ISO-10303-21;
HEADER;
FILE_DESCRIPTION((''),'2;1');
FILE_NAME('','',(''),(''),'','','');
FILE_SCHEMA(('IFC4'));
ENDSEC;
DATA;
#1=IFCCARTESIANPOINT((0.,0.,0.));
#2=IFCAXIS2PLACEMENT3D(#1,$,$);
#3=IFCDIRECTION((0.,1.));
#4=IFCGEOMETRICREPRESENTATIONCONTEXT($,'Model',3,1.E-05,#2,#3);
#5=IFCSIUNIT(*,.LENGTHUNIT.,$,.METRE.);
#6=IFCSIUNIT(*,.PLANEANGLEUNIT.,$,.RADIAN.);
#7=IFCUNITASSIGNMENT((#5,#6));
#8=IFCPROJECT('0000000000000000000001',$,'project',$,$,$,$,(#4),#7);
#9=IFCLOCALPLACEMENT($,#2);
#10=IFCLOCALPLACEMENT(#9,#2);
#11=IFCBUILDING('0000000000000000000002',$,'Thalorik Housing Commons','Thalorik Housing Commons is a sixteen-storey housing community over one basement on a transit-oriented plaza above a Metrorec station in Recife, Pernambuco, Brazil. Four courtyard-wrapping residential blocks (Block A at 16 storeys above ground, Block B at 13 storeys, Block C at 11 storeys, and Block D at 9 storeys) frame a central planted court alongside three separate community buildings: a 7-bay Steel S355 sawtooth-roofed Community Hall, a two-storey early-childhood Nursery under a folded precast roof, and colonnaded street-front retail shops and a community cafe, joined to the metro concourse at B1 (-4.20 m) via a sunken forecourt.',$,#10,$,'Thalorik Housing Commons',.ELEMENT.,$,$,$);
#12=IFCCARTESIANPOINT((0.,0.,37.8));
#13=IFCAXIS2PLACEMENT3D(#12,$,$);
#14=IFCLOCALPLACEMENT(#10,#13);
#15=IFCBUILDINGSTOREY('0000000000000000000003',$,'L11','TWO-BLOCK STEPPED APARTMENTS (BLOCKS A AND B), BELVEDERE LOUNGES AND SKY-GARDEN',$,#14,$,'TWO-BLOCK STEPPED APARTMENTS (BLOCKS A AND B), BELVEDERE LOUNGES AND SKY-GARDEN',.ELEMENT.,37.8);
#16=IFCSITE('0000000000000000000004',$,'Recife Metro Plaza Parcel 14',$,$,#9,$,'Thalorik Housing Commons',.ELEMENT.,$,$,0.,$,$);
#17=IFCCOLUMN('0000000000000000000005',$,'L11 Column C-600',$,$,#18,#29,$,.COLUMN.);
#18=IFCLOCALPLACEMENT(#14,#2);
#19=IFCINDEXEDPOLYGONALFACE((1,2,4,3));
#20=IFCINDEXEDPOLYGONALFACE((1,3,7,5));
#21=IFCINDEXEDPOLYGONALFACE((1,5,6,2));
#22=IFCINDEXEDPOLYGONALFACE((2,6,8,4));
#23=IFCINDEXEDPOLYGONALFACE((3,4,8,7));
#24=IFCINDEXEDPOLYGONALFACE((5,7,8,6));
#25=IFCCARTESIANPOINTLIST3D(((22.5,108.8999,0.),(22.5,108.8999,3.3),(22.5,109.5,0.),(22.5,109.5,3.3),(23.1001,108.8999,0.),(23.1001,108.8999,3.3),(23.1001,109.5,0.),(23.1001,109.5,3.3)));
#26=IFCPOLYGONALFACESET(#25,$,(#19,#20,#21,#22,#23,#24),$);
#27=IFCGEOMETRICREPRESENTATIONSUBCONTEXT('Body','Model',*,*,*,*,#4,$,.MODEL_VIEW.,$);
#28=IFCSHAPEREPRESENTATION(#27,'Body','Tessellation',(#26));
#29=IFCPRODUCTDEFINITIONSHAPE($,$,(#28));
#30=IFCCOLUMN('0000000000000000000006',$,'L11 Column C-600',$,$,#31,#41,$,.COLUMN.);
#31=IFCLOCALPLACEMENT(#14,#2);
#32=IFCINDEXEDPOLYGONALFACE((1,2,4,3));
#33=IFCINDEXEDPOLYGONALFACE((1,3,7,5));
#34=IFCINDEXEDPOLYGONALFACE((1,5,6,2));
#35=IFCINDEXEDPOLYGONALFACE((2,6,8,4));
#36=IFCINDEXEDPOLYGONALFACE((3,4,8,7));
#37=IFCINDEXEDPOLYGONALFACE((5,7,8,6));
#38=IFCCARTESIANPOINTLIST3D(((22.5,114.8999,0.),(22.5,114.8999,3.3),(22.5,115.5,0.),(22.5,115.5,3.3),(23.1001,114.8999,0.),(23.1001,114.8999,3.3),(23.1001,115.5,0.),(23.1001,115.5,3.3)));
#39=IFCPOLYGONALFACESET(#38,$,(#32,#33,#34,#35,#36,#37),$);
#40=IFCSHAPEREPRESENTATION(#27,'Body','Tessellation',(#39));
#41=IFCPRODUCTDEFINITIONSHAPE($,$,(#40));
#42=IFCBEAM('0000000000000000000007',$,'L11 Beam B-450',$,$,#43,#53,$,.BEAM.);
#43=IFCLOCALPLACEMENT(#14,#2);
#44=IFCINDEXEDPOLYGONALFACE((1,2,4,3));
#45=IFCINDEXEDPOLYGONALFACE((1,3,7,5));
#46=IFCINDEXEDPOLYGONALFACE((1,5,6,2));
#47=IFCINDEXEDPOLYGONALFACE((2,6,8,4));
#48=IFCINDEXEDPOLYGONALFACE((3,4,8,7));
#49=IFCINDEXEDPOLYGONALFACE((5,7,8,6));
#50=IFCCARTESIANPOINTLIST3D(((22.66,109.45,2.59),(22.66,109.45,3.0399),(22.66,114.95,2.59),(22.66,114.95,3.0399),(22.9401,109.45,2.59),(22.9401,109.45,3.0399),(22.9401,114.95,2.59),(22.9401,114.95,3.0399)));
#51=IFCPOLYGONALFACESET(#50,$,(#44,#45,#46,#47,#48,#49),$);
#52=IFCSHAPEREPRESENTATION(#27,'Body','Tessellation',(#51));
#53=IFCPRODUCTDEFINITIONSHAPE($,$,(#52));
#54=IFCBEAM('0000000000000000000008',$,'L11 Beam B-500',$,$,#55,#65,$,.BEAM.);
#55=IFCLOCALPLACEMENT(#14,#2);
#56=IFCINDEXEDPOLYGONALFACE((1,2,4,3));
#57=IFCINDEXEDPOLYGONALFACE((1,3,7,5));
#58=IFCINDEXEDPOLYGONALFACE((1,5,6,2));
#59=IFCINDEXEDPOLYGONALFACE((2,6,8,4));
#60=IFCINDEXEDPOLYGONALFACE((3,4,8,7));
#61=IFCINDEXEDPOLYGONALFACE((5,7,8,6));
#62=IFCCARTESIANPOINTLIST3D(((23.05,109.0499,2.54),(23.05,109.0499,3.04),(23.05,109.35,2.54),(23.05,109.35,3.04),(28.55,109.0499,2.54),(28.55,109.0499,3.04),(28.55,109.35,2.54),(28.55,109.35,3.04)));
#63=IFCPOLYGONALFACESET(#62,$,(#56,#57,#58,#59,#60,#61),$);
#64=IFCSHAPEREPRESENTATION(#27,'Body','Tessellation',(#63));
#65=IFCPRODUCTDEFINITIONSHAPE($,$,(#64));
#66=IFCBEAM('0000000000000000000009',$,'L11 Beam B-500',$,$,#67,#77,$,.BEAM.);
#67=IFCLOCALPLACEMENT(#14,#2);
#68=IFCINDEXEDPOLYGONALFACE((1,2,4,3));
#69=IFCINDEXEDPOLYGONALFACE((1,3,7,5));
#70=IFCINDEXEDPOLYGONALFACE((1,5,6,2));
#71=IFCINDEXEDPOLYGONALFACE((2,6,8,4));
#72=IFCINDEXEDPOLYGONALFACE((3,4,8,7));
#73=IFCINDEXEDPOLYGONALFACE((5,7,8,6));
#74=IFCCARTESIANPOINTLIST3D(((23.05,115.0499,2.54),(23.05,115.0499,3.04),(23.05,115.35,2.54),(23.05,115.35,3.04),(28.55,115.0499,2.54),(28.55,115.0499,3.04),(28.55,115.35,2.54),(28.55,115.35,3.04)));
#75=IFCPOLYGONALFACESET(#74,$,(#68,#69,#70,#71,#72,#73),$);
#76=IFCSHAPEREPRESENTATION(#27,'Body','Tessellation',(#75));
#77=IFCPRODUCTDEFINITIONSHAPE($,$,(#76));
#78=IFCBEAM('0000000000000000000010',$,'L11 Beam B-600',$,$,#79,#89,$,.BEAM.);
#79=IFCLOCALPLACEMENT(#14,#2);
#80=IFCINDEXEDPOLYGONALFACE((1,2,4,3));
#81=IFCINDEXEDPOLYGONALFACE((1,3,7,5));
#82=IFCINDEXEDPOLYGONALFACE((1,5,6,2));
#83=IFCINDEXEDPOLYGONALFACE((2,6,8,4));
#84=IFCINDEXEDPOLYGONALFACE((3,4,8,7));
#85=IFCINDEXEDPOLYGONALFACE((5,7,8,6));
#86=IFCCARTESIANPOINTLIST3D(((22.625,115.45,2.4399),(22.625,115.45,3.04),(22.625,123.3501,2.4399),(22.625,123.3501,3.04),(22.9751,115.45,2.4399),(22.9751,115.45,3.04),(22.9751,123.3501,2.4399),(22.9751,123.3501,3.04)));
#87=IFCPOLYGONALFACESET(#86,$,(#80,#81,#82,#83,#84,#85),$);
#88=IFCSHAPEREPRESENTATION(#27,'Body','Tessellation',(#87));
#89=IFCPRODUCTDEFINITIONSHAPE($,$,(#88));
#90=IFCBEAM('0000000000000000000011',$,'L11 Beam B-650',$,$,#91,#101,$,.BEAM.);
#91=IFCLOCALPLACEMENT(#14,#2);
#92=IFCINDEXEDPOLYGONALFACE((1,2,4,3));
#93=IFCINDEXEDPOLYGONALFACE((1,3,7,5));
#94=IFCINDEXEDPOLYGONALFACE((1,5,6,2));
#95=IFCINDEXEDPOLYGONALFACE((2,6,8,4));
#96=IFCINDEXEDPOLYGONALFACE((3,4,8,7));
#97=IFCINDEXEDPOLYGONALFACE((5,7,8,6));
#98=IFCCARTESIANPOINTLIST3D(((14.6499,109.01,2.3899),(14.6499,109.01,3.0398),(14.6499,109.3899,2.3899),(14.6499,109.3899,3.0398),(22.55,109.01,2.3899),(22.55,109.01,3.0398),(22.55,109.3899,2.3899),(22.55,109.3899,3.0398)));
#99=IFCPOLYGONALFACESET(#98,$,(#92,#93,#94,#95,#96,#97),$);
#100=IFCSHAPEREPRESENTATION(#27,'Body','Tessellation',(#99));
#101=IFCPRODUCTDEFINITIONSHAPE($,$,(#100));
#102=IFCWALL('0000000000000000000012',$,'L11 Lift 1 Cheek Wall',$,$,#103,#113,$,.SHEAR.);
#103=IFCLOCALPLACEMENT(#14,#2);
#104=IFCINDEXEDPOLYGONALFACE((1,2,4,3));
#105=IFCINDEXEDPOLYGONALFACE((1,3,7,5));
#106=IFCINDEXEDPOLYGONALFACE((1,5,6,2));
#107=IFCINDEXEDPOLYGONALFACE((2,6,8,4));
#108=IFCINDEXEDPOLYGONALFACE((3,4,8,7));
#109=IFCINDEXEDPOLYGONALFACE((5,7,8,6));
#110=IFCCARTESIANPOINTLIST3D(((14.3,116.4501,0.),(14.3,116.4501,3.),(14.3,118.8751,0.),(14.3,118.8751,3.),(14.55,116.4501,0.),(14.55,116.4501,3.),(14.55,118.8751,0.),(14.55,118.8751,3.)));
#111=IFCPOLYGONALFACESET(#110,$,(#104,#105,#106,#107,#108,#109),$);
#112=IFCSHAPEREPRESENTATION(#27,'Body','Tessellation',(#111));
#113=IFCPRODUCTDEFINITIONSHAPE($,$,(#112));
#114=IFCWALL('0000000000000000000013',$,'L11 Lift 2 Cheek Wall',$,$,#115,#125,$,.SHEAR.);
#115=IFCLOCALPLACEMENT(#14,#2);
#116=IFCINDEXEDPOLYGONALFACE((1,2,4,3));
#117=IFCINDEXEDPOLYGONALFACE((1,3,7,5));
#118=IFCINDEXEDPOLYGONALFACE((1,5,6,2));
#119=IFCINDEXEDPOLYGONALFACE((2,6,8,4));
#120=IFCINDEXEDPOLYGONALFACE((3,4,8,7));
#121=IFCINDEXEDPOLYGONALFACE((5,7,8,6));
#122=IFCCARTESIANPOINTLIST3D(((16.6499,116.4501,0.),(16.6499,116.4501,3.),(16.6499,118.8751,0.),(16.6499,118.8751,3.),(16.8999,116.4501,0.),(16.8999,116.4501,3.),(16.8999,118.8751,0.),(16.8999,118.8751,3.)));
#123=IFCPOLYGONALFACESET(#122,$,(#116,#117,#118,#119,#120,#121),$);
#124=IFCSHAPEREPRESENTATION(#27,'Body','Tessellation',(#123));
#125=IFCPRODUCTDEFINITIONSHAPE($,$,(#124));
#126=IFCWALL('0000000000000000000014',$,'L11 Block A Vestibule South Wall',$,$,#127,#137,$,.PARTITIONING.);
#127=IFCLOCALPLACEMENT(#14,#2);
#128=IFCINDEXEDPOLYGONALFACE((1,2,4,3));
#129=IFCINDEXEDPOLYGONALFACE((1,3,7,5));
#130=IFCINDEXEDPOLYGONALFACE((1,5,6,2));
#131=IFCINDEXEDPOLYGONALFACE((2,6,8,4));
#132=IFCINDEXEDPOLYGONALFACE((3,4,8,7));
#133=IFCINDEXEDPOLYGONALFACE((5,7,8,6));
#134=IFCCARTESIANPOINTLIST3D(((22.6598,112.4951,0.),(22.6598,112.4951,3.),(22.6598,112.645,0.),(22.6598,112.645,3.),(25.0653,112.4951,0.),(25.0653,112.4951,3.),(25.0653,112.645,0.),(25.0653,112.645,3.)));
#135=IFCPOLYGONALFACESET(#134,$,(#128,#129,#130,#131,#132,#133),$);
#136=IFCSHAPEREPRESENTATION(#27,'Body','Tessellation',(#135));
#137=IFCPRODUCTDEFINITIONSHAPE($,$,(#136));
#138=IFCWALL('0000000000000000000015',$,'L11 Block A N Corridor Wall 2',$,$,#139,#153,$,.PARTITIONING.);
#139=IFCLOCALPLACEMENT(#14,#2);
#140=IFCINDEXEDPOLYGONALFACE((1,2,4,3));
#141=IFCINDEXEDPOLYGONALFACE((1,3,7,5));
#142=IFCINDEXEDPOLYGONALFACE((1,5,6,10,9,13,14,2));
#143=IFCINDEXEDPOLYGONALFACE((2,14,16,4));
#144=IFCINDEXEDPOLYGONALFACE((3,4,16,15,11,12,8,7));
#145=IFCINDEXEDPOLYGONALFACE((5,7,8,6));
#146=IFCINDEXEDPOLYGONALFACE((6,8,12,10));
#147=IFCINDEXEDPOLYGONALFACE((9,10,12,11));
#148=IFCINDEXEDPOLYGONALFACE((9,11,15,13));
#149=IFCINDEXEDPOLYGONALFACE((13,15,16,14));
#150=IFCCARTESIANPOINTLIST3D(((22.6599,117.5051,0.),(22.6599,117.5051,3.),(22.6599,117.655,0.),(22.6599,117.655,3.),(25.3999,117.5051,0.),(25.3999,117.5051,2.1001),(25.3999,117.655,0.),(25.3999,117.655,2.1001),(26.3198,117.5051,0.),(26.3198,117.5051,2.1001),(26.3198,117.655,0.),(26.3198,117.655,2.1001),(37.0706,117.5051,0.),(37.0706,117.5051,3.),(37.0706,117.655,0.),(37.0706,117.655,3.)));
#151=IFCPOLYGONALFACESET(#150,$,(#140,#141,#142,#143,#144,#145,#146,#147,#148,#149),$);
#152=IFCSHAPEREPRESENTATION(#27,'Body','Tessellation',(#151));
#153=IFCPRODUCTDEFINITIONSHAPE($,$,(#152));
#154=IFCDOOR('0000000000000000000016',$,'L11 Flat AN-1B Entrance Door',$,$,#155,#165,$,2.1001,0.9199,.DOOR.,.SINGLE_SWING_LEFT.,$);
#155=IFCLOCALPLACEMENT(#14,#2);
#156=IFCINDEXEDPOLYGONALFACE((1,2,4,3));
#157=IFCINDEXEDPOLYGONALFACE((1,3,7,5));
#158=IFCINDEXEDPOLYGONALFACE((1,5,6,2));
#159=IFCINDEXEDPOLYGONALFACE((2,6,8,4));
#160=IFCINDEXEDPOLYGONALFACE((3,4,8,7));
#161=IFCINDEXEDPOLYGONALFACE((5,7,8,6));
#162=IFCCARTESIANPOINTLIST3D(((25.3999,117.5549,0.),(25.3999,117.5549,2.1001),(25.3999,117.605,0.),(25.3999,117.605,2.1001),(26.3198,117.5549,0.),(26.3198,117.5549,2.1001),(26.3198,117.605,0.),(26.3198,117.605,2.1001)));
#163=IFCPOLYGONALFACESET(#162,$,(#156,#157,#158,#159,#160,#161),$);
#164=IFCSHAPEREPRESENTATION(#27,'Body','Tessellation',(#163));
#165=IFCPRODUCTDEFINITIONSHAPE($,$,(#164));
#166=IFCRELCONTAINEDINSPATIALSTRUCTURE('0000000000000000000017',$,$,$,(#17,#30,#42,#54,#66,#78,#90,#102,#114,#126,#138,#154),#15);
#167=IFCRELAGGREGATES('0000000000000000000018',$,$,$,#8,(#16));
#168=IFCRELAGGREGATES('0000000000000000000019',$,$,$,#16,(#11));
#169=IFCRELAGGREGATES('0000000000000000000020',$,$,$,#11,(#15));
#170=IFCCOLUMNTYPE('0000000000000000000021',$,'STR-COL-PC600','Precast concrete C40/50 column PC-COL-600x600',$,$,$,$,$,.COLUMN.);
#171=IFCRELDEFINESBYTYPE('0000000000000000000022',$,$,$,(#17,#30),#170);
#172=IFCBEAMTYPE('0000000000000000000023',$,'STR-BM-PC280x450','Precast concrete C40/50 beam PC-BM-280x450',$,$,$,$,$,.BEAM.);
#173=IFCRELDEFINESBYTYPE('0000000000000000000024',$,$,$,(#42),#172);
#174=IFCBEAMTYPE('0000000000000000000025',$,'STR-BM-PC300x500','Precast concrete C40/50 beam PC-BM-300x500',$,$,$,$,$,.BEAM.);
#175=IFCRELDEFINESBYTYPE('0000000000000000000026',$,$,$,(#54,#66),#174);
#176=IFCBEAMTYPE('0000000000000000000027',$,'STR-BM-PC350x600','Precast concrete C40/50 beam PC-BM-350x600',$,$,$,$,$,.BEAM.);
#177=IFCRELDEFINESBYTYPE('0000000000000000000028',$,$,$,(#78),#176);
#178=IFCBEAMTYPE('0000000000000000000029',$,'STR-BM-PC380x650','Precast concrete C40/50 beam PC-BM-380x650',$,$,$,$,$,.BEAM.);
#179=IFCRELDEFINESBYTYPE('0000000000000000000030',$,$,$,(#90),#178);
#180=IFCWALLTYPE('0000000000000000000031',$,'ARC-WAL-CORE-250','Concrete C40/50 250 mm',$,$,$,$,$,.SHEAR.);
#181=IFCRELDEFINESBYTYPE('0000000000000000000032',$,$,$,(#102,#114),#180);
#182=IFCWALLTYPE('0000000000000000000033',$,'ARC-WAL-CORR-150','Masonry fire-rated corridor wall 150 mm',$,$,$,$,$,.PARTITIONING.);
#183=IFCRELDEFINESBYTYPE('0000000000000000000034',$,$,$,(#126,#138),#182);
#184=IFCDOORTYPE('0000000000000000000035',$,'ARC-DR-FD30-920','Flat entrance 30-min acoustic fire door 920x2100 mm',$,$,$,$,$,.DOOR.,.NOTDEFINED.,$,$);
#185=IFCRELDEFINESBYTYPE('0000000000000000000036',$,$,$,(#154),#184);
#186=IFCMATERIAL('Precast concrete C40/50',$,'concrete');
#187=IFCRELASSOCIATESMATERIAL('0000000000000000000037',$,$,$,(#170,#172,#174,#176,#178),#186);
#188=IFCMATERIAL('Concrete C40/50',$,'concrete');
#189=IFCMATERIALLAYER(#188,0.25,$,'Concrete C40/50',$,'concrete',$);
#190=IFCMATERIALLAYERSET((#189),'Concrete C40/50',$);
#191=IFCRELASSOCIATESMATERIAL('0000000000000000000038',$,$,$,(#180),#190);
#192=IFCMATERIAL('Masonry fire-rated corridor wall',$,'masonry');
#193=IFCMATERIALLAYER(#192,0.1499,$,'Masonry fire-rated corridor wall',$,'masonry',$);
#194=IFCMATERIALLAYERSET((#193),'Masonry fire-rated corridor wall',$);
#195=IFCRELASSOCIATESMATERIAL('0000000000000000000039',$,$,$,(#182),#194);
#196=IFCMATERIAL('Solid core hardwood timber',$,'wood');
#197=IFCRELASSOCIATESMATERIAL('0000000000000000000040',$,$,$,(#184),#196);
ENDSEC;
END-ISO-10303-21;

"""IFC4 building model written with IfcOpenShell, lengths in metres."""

from ifc_helpers import new_model, si_unit, direction, frame, frame_2d, origin, origin_2d, place, context, subcontext, project, spatial, rectangle, extrude, material, layer, layer_set, material_profile, profile_set, type_object, element, fill, save


model = new_model("IFC4")

# Units and contexts
model_context = context("Model", 3, precision=1e-05, world=origin(), true_north=direction((0.0, 1.0)))
body_context = subcontext(model_context, "Body", "Model", "MODEL_VIEW")
ifc_project = project(units=[si_unit("LENGTHUNIT", "METRE"), si_unit("PLANEANGLEUNIT", "RADIAN")], contexts=[model_context])

# Site, building, storey
site_placement = place(None, origin())
site = spatial("IfcSite", under=ifc_project, at=site_placement, Name="Recife Metro Plaza Parcel 14", LongName="Thalorik Housing Commons", CompositionType="ELEMENT", RefElevation=0.0)
building_placement = place(site_placement, origin())
building = spatial("IfcBuilding", under=site, at=building_placement, Name="Thalorik Housing Commons", Description="Thalorik Housing Commons is a sixteen-storey housing community over one basement on a transit-oriented plaza above a Metrorec station in Recife, Pernambuco, Brazil. Four courtyard-wrapping residential blocks (Block A at 16 storeys above ground, Block B at 13 storeys, Block C at 11 storeys, and Block D at 9 storeys) frame a central planted court alongside three separate community buildings: a 7-bay Steel S355 sawtooth-roofed Community Hall, a two-storey early-childhood Nursery under a folded precast roof, and colonnaded street-front retail shops and a community cafe, joined to the metro concourse at B1 (-4.20 m) via a sunken forecourt.", LongName="Thalorik Housing Commons", CompositionType="ELEMENT")
storey_placement = place(building_placement, frame((0.0, 0.0, 37.8)))
storey = spatial("IfcBuildingStorey", under=building, at=storey_placement, Name="L11", Description="TWO-BLOCK STEPPED APARTMENTS (BLOCKS A AND B), BELVEDERE LOUNGES AND SKY-GARDEN", LongName="TWO-BLOCK STEPPED APARTMENTS (BLOCKS A AND B), BELVEDERE LOUNGES AND SKY-GARDEN", CompositionType="ELEMENT", Elevation=37.8)

# Columns
ifc_material_1 = material(Name="Precast concrete C40/50", Category="concrete")
ifc_material_profile_1 = material_profile(ifc_material_1, rectangle(XDim=0.6001, YDim=0.6001, at=origin_2d()), Name="PC 600x600", Category="concrete")
ifc_profile_set_1 = profile_set([ifc_material_profile_1], Name="Precast concrete C40/50")
column_type = type_object("IfcColumnType", Name="STR-COL-PC600", Description="Precast concrete C40/50 column PC-COL-600x600", PredefinedType="COLUMN", material=ifc_profile_set_1)
for number, where, z_axis, x_axis, name in (
    (1, (22.8, 109.2, 0.0), (0.0, 0.0, 1.0), (1.0, 0.0, 0.0), "L11 Column C-600"),
    (2, (22.8, 115.2, 0.0), (0.0, 0.0, 1.0), (1.0, 0.0, 0.0), "L11 Column C-600"),
):
    element("IfcColumn", number, at=place(storey_placement, frame(where, z_axis=z_axis, x_axis=x_axis)), inside=storey, type_object=column_type, Name=name, PredefinedType="COLUMN", context=body_context, shape_type="SweptSolid", body=[
        extrude(rectangle(XDim=0.6001, YDim=0.6001, at=origin_2d()), origin(), (0.0, 0.0, 1.0), 3.3),
    ])

# Beams
ifc_material_profile_2 = material_profile(ifc_material_1, rectangle(XDim=0.28, YDim=0.45, at=origin_2d()), Name="PC 280x450", Category="concrete")
ifc_profile_set_2 = profile_set([ifc_material_profile_2], Name="Precast concrete C40/50")
beam_type_1 = type_object("IfcBeamType", Name="STR-BM-PC280x450", Description="Precast concrete C40/50 beam PC-BM-280x450", PredefinedType="BEAM", material=ifc_profile_set_2)
beam_1_placement = place(storey_placement, frame((22.8, 109.45, 2.8149), z_axis=(0.0, 1.0, 0.0), x_axis=(-1.0, 0.0, 0.0)))
element("IfcBeam", 3, at=beam_1_placement, inside=storey, type_object=beam_type_1, Name="L11 Beam B-450", PredefinedType="BEAM", context=body_context, shape_type="SweptSolid", body=[
    extrude(rectangle(XDim=0.28, YDim=0.45, at=origin_2d()), origin(), (0.0, 0.0, 1.0), 5.5),
])
ifc_material_profile_3 = material_profile(ifc_material_1, rectangle(XDim=0.3, YDim=0.5, at=origin_2d()), Name="PC 300x500", Category="concrete")
ifc_profile_set_3 = profile_set([ifc_material_profile_3], Name="Precast concrete C40/50")
beam_type_2 = type_object("IfcBeamType", Name="STR-BM-PC300x500", Description="Precast concrete C40/50 beam PC-BM-300x500", PredefinedType="BEAM", material=ifc_profile_set_3)
for number, where, z_axis, x_axis, name in (
    (4, (23.05, 109.2, 2.79), (1.0, 0.0, 0.0), (0.0, 1.0, 0.0), "L11 Beam B-500"),
    (5, (23.05, 115.2, 2.79), (1.0, 0.0, 0.0), (0.0, 1.0, 0.0), "L11 Beam B-500"),
):
    element("IfcBeam", number, at=place(storey_placement, frame(where, z_axis=z_axis, x_axis=x_axis)), inside=storey, type_object=beam_type_2, Name=name, PredefinedType="BEAM", context=body_context, shape_type="SweptSolid", body=[
        extrude(rectangle(XDim=0.3, YDim=0.5, at=origin_2d()), origin(), (0.0, 0.0, 1.0), 5.5),
    ])
ifc_material_profile_4 = material_profile(ifc_material_1, rectangle(XDim=0.3501, YDim=0.6001, at=origin_2d()), Name="PC 350x600", Category="concrete")
ifc_profile_set_4 = profile_set([ifc_material_profile_4], Name="Precast concrete C40/50")
beam_type_3 = type_object("IfcBeamType", Name="STR-BM-PC350x600", Description="Precast concrete C40/50 beam PC-BM-350x600", PredefinedType="BEAM", material=ifc_profile_set_4)
beam_2_placement = place(storey_placement, frame((22.8, 115.45, 2.74), z_axis=(0.0, 1.0, 0.0), x_axis=(-1.0, 0.0, 0.0)))
element("IfcBeam", 6, at=beam_2_placement, inside=storey, type_object=beam_type_3, Name="L11 Beam B-600", PredefinedType="BEAM", context=body_context, shape_type="SweptSolid", body=[
    extrude(rectangle(XDim=0.3501, YDim=0.6001, at=origin_2d()), origin(), (0.0, 0.0, 1.0), 7.9001),
])
ifc_material_profile_5 = material_profile(ifc_material_1, rectangle(XDim=0.3799, YDim=0.6499, at=origin_2d()), Name="PC 380x650", Category="concrete")
ifc_profile_set_5 = profile_set([ifc_material_profile_5], Name="Precast concrete C40/50")
beam_type_4 = type_object("IfcBeamType", Name="STR-BM-PC380x650", Description="Precast concrete C40/50 beam PC-BM-380x650", PredefinedType="BEAM", material=ifc_profile_set_5)
beam_3_placement = place(storey_placement, frame((14.6499, 109.2, 2.7148), z_axis=(1.0, 0.0, 0.0), x_axis=(0.0, 1.0, 0.0)))
element("IfcBeam", 7, at=beam_3_placement, inside=storey, type_object=beam_type_4, Name="L11 Beam B-650", PredefinedType="BEAM", context=body_context, shape_type="SweptSolid", body=[
    extrude(rectangle(XDim=0.3799, YDim=0.6499, at=origin_2d()), origin(), (0.0, 0.0, 1.0), 7.9001),
])

# Shared definitions
ifc_material_2 = material(Name="Concrete C40/50", Category="concrete")
ifc_layer_1 = layer(ifc_material_2, 0.25, Name="Concrete C40/50", Category="concrete")
ifc_layer_set_1 = layer_set([ifc_layer_1], Name="Concrete C40/50")
wall_type_1 = type_object("IfcWallType", Name="ARC-WAL-CORE-250", Description="Concrete C40/50 250 mm", PredefinedType="SHEAR", material=ifc_layer_set_1)

# Walls
for number, where, z_axis, x_axis, name in (
    (8, (14.425, 118.875, 0.0), (0.0, 0.0, 1.0), (0.0, -1.0, 0.0), "L11 Lift 1 Cheek Wall"),
    (9, (16.7749, 118.875, 0.0), (0.0, 0.0, 1.0), (0.0, -1.0, 0.0), "L11 Lift 2 Cheek Wall"),
):
    element("IfcWall", number, at=place(storey_placement, frame(where, z_axis=z_axis, x_axis=x_axis)), inside=storey, type_object=wall_type_1, Name=name, PredefinedType="SHEAR", context=body_context, shape_type="SweptSolid", body=[
        extrude(rectangle(XDim=2.425, YDim=0.25, at=frame_2d((1.2124, 0.0))), origin(), (0.0, 0.0, 1.0), 3.0),
    ])
ifc_material_3 = material(Name="Masonry fire-rated corridor wall", Category="masonry")
ifc_layer_2 = layer(ifc_material_3, 0.1499, Name="Masonry fire-rated corridor wall", Category="masonry")
ifc_layer_set_2 = layer_set([ifc_layer_2], Name="Masonry fire-rated corridor wall")
wall_type_2 = type_object("IfcWallType", Name="ARC-WAL-CORR-150", Description="Masonry fire-rated corridor wall 150 mm", PredefinedType="PARTITIONING", material=ifc_layer_set_2)
wall_1_placement = place(storey_placement, frame((22.6599, 112.5701, 0.0), z_axis=(0.0, 0.0, 1.0), x_axis=(1.0, 0.0, 0.0)))
element("IfcWall", 10, at=wall_1_placement, inside=storey, type_object=wall_type_2, Name="L11 Block A Vestibule South Wall", PredefinedType="PARTITIONING", context=body_context, shape_type="SweptSolid", body=[
    extrude(rectangle(XDim=2.4055, YDim=0.1499, at=frame_2d((1.2026, 0.0))), origin(), (0.0, 0.0, 1.0), 3.0),
])

# Wall, opening, door
wall_2_placement = place(storey_placement, frame((22.6599, 117.5801, 0.0), z_axis=(0.0, 0.0, 1.0), x_axis=(1.0, 0.0, 0.0)))
wall_2 = element("IfcWall", 11, at=wall_2_placement, inside=storey, type_object=wall_type_2, Name="L11 Block A N Corridor Wall 2", PredefinedType="PARTITIONING", context=body_context, shape_type="SweptSolid", body=[
    extrude(rectangle(XDim=14.4106, YDim=0.1499, at=frame_2d((7.2053, 0.0))), origin(), (0.0, 0.0, 1.0), 3.0),
])
opening_1_placement = place(wall_2_placement, frame((2.74, 0.0, 0.0)))
opening_1 = element("IfcOpeningElement", 12, at=opening_1_placement, cuts=wall_2, PredefinedType="OPENING", context=body_context, shape_type="SweptSolid", body=[
    extrude(rectangle(XDim=0.9199, YDim=2.1001, at=frame_2d((0.46, 1.05))), frame((0.0, 0.085, 0.0), z_axis=(0.0, -1.0, 0.0), x_axis=(1.0, 0.0, 0.0)), (0.0, 0.0, 1.0), 0.1699),
])
ifc_material_4 = material(Name="Solid core hardwood timber", Category="wood")
door_type_1 = type_object("IfcDoorType", Name="ARC-DR-FD30-920", Description="Flat entrance 30-min acoustic fire door 920x2100 mm", OperationType="NOTDEFINED", PredefinedType="DOOR", material=ifc_material_4)
door_1_placement = place(opening_1_placement, origin())
door_1 = element("IfcDoor", 13, at=door_1_placement, inside=storey, type_object=door_type_1, Name="L11 Flat AN-1B Entrance Door", OperationType="SINGLE_SWING_LEFT", OverallHeight=2.1001, OverallWidth=0.9199, PredefinedType="DOOR", context=body_context, shape_type="SweptSolid", body=[
    extrude(rectangle(XDim=0.9199, YDim=2.1001, at=frame_2d((0.46, 1.05))), frame((0.0, 0.0249, 0.0), z_axis=(0.0, -1.0, 0.0), x_axis=(1.0, 0.0, 0.0)), (0.0, 0.0, 1.0), 0.05),
])
fill(opening_1, door_1)

save(model, "model.ifc")
